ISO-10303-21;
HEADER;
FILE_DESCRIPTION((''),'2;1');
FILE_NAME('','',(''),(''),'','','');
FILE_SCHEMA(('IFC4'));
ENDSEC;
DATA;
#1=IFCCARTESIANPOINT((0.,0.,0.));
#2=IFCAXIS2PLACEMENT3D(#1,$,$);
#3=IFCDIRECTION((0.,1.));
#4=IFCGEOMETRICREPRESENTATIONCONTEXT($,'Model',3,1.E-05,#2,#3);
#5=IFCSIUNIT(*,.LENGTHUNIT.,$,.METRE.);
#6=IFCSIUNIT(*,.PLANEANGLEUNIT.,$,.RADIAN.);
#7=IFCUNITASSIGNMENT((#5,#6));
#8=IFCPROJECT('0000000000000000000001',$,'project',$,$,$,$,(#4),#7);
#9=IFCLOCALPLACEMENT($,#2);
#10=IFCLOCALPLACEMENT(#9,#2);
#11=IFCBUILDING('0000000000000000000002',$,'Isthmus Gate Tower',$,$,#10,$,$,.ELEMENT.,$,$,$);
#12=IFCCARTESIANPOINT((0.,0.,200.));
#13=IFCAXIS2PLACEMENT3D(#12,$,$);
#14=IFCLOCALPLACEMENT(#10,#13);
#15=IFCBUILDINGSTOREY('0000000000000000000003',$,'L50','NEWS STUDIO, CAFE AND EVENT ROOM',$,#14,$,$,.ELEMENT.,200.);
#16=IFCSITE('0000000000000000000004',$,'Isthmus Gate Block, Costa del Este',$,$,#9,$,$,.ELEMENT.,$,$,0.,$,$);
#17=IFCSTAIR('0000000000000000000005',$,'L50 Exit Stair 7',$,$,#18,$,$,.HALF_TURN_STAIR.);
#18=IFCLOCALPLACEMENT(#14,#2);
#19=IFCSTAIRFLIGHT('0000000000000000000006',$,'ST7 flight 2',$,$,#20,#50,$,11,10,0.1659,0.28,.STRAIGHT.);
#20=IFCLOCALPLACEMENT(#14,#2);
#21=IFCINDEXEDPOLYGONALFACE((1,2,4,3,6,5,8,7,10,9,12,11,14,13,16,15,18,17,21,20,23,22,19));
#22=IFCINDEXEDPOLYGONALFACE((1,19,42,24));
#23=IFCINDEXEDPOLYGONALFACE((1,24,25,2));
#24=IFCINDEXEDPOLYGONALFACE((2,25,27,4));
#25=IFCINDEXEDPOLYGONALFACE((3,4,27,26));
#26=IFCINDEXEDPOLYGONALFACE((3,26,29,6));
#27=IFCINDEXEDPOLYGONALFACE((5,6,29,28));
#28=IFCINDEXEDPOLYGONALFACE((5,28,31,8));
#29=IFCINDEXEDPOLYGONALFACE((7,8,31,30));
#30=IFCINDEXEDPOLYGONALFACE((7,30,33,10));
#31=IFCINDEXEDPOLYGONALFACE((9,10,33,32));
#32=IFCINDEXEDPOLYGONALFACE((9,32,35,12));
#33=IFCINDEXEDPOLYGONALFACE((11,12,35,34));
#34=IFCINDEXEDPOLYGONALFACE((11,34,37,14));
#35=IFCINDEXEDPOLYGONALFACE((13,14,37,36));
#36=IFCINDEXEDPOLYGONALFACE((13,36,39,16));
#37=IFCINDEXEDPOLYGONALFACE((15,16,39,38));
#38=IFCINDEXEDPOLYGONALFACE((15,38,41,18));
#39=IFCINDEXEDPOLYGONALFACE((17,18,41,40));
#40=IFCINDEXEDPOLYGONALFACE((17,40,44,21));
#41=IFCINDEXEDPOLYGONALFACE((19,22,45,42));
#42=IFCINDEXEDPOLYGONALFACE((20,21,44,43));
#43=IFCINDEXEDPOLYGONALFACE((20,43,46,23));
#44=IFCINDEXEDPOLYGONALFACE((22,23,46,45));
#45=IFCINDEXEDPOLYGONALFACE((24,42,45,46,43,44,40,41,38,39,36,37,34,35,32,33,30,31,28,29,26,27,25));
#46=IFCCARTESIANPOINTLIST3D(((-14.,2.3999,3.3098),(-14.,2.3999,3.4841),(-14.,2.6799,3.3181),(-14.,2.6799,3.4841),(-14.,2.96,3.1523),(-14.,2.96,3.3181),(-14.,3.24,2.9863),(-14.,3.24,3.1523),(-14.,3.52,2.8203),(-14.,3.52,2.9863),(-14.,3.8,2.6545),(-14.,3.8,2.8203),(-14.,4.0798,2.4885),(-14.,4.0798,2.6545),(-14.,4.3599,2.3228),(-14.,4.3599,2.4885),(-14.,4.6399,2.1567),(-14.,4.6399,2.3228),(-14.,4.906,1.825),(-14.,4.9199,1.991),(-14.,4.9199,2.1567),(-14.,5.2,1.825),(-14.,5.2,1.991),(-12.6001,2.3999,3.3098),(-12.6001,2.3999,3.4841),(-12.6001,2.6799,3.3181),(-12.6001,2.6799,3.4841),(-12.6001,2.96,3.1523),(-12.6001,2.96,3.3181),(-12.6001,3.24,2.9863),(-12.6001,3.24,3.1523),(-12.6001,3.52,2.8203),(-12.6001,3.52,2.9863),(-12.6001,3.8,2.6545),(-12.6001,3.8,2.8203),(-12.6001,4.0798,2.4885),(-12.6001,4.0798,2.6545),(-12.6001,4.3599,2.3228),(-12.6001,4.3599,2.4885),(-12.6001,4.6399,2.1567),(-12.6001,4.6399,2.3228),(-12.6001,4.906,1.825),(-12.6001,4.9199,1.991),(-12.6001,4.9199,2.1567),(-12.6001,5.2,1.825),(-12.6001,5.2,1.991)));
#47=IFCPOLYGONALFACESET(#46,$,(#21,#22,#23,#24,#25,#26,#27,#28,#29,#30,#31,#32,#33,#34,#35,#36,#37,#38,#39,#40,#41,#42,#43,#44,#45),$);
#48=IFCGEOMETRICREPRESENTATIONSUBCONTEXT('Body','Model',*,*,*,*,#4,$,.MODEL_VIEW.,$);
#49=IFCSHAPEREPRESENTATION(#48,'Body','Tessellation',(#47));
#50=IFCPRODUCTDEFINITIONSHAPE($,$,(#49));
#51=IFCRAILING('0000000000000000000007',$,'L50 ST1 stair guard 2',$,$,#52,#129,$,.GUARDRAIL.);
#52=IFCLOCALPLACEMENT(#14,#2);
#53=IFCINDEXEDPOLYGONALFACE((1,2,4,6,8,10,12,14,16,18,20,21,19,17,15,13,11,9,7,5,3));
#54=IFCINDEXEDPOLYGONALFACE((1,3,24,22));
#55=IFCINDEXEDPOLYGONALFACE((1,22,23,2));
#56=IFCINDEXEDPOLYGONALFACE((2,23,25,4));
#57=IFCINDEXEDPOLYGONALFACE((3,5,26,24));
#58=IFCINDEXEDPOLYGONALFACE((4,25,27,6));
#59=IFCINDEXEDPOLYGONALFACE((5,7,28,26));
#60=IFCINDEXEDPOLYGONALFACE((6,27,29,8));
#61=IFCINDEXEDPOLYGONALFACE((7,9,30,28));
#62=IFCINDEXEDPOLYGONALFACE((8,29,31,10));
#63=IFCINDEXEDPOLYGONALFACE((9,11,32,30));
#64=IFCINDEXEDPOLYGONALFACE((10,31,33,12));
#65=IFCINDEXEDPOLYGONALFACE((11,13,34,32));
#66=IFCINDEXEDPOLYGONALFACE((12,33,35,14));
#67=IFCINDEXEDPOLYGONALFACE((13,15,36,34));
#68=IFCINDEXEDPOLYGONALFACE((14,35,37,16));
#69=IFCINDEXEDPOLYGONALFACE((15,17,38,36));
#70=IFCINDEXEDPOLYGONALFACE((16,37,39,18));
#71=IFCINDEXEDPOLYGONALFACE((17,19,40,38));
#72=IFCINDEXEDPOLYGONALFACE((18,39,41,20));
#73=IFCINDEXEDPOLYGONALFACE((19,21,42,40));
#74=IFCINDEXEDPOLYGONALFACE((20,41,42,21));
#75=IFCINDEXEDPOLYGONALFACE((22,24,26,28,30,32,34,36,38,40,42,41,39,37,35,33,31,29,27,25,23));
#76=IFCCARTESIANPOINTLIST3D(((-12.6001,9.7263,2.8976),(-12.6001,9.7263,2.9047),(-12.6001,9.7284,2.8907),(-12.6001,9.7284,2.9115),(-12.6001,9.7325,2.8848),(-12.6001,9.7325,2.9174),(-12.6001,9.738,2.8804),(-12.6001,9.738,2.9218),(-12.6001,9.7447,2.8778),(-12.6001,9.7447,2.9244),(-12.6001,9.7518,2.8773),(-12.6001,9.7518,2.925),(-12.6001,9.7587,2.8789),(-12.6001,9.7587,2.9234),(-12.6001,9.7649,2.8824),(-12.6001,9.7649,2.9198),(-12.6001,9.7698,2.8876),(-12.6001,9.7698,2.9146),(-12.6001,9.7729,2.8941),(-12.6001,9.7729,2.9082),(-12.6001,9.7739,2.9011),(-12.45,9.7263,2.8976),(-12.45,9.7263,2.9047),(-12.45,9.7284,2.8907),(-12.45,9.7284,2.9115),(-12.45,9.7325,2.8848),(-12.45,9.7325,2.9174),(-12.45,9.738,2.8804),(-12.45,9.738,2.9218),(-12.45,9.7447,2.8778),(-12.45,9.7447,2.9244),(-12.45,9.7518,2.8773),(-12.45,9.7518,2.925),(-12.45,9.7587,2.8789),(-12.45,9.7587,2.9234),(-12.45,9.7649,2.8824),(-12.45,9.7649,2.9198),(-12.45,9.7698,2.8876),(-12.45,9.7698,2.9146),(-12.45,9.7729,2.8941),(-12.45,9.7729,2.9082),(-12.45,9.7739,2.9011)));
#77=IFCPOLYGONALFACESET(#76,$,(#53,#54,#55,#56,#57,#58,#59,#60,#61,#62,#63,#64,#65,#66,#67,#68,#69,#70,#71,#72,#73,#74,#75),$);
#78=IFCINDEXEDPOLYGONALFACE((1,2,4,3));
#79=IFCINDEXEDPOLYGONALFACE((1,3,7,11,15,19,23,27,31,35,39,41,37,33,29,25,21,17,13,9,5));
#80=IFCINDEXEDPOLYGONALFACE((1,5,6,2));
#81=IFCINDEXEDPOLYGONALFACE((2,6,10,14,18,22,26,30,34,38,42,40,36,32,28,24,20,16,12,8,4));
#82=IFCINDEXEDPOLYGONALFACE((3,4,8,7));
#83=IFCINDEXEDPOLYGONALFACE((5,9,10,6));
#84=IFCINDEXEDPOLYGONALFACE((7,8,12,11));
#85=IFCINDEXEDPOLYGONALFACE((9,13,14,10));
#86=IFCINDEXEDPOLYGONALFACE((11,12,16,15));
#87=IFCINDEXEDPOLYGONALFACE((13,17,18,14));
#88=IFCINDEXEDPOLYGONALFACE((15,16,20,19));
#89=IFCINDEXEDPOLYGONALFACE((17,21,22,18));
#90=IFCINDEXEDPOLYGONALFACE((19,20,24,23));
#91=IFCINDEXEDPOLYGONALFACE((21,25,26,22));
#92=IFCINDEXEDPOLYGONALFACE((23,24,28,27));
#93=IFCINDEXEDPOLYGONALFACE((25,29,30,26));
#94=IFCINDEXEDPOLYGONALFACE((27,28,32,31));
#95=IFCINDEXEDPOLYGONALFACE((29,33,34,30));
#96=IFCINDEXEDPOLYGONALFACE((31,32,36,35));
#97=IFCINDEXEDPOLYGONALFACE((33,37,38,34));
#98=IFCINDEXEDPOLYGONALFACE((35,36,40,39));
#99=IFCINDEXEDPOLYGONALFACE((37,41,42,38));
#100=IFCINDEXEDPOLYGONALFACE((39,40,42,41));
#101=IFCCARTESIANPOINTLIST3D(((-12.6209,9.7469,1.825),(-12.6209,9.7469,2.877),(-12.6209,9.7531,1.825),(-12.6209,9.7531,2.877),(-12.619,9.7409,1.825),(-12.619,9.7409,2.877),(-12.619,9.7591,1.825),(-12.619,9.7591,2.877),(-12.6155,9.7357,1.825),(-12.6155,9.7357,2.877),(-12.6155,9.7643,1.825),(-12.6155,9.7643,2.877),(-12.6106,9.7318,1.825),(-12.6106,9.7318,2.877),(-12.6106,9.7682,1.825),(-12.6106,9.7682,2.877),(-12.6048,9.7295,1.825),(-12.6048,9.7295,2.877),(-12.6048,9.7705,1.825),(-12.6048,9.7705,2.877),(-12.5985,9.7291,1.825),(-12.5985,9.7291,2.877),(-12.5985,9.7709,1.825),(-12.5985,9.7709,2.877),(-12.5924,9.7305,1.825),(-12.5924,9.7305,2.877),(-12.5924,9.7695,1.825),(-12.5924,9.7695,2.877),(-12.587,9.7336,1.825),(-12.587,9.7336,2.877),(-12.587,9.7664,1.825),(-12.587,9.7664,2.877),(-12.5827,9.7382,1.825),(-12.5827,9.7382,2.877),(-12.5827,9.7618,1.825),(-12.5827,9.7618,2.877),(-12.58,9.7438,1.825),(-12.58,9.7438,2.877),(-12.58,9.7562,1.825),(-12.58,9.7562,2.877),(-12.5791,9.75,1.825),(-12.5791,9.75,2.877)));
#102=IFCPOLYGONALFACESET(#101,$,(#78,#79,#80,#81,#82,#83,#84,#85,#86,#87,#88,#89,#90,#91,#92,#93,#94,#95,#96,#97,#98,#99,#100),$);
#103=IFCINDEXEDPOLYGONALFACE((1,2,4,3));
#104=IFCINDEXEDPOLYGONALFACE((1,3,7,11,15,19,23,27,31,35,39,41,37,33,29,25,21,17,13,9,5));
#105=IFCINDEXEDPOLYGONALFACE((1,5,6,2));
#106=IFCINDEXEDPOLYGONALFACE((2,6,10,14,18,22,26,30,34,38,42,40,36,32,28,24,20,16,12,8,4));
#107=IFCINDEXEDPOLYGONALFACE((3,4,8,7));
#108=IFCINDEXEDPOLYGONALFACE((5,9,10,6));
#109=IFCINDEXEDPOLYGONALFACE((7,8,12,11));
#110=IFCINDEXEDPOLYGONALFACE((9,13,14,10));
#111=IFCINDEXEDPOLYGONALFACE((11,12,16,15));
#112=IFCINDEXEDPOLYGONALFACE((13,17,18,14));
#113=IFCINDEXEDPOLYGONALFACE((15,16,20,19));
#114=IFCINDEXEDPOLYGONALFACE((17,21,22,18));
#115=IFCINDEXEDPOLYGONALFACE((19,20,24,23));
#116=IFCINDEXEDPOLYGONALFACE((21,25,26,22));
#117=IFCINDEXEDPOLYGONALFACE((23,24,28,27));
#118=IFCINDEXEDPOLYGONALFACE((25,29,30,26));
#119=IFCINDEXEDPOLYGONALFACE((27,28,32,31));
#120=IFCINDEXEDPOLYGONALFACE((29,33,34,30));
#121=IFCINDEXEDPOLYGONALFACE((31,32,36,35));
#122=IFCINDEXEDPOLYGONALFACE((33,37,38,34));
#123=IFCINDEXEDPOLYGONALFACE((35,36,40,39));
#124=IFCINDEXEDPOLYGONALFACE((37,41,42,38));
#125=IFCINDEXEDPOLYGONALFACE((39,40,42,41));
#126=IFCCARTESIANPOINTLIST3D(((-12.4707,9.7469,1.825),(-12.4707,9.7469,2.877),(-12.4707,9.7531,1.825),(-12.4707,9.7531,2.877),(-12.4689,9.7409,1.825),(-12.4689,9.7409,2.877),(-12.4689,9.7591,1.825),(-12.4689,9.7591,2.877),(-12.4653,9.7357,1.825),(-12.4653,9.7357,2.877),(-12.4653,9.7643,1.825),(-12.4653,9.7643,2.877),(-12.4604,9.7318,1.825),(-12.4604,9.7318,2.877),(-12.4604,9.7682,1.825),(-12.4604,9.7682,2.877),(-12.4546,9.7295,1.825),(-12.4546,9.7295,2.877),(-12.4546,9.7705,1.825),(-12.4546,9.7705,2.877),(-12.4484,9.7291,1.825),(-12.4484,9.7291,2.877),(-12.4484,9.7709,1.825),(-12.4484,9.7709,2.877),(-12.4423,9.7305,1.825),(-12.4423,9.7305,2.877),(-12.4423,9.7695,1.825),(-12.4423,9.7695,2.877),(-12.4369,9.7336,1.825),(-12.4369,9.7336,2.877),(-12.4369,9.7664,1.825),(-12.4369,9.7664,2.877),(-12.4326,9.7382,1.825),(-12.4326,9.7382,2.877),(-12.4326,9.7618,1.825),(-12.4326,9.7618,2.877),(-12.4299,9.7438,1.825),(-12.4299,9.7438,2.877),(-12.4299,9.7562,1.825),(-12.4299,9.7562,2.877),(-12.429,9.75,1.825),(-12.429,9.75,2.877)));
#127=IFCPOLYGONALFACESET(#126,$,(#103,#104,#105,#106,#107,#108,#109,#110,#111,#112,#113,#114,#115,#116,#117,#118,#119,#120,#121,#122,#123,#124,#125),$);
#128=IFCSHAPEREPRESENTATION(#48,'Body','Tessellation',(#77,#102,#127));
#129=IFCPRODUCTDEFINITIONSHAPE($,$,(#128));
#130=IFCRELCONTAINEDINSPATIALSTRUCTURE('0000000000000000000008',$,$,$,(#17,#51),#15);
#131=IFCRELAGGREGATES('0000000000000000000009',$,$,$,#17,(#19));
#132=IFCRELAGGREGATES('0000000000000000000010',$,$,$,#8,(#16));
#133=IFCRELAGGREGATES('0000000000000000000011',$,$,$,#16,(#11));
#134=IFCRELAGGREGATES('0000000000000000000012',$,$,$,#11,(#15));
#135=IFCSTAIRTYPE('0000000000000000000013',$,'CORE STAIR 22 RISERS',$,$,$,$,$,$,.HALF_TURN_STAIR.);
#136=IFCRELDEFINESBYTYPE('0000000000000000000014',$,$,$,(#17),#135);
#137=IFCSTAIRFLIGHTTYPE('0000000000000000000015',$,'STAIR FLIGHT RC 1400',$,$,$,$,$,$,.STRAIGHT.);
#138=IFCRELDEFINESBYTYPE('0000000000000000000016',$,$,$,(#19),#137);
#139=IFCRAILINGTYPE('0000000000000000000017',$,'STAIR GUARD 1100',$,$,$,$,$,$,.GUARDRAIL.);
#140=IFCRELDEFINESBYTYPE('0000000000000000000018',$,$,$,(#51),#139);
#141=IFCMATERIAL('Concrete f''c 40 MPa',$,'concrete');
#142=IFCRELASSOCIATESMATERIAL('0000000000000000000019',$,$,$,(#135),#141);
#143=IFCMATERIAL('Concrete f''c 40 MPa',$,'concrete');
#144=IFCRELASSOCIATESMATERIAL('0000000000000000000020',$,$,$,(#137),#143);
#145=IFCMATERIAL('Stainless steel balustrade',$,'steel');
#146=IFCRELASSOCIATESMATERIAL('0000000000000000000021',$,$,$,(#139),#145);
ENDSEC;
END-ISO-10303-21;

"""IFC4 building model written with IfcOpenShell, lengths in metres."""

from ifc_helpers import new_model, si_unit, direction, frame, origin, origin_2d, place, context, subcontext, project, spatial, polyline, circle, outline, extrude, material, type_object, element, aggregate, save


model = new_model("IFC4")

# Units and contexts
model_context = context("Model", 3, precision=1e-05, world=origin(), true_north=direction((0.0, 1.0)))
body_context = subcontext(model_context, "Body", "Model", "MODEL_VIEW")
ifc_project = project(units=[si_unit("LENGTHUNIT", "METRE"), si_unit("PLANEANGLEUNIT", "RADIAN")], contexts=[model_context])

# Site, building, storey
site_placement = place(None, origin())
site = spatial("IfcSite", under=ifc_project, at=site_placement, Name="Isthmus Gate Block, Costa del Este", CompositionType="ELEMENT", RefElevation=0.0)
building_placement = place(site_placement, origin())
building = spatial("IfcBuilding", under=site, at=building_placement, Name="Isthmus Gate Tower", CompositionType="ELEMENT")
storey_placement = place(building_placement, frame((0.0, 0.0, 200.0)))
storey = spatial("IfcBuildingStorey", under=building, at=storey_placement, Name="L50", Description="NEWS STUDIO, CAFE AND EVENT ROOM", CompositionType="ELEMENT", Elevation=200.0)

# Stair, stair flight
ifc_material_1 = material(Name="Concrete f'c 40 MPa", Category="concrete")
stair_type = type_object("IfcStairType", Name="CORE STAIR 22 RISERS", PredefinedType="HALF_TURN_STAIR", material=ifc_material_1)
ifc_material_2 = material(Name="Concrete f'c 40 MPa", Category="concrete")
stair_flight_type = type_object("IfcStairFlightType", Name="STAIR FLIGHT RC 1400", PredefinedType="STRAIGHT", material=ifc_material_2)
stair_1_placement = place(storey_placement, origin())
stair_1 = element("IfcStair", 1, at=stair_1_placement, inside=storey, type_object=stair_type, Name="L50 Exit Stair 7", PredefinedType="HALF_TURN_STAIR")
stair_flight_1_placement = place(storey_placement, frame((-13.3, 5.2, 1.825), z_axis=(0.0, 0.0, 1.0), x_axis=(0.0, -1.0, 0.0)))
stair_flight_1 = element("IfcStairFlight", 2, at=stair_flight_1_placement, type_object=stair_flight_type, Name="ST7 flight 2", NumberOfRisers=11, NumberOfTreads=10, PredefinedType="STRAIGHT", RiserHeight=0.1659, TreadLength=0.28, context=body_context, shape_type="SweptSolid", body=[
    extrude(outline(polyline([(0.0, 0.0), (0.0, 0.166), (0.28, 0.166), (0.28, 0.3318), (0.5601, 0.3318), (0.5601, 0.4978), (0.8401, 0.4978), (0.8401, 0.6636), (1.1201, 0.6636), (1.1201, 0.8296), (1.3999, 0.8296), (1.3999, 0.9954), (1.6799, 0.9954), (1.6799, 1.1614), (1.96, 1.1614), (1.96, 1.3274), (2.24, 1.3274), (2.24, 1.4932), (2.52, 1.4932), (2.52, 1.6592), (2.8, 1.6592), (2.8, 1.825), (2.8, 1.4849), (0.2939, 0.0), (0.0, 0.0)])), frame((0.0, 0.7, 0.0), z_axis=(0.0, -1.0, 0.0), x_axis=(1.0, 0.0, 0.0)), (0.0, 0.0, 1.0), 1.3999),
])
aggregate(stair_1, [stair_flight_1])

# Railing
ifc_material_3 = material(Name="Stainless steel balustrade", Category="steel")
railing_type_1 = type_object("IfcRailingType", Name="STAIR GUARD 1100", PredefinedType="GUARDRAIL", material=ifc_material_3)
railing_1_placement = place(storey_placement, frame((-12.6001, 9.75, 1.825)))
element("IfcRailing", 3, at=railing_1_placement, inside=storey, type_object=railing_type_1, Name="L50 ST1 stair guard 2", PredefinedType="GUARDRAIL", context=body_context, shape_type="SweptSolid", body=[
    extrude(circle(Radius=0.0239, at=origin_2d()), frame((0.0, 0.0, 1.0762), z_axis=(1.0, 0.0, 0.0), x_axis=(0.0, 1.0, 0.0)), (0.0, 0.0, 1.0), 0.1501),
    extrude(circle(Radius=0.021, at=origin_2d()), origin(), (0.0, 0.0, 1.0), 1.052),
    extrude(circle(Radius=0.021, at=origin_2d()), frame((0.1501, 0.0, 0.0)), (0.0, 0.0, 1.0), 1.052),
])

save(model, "model.ifc")
